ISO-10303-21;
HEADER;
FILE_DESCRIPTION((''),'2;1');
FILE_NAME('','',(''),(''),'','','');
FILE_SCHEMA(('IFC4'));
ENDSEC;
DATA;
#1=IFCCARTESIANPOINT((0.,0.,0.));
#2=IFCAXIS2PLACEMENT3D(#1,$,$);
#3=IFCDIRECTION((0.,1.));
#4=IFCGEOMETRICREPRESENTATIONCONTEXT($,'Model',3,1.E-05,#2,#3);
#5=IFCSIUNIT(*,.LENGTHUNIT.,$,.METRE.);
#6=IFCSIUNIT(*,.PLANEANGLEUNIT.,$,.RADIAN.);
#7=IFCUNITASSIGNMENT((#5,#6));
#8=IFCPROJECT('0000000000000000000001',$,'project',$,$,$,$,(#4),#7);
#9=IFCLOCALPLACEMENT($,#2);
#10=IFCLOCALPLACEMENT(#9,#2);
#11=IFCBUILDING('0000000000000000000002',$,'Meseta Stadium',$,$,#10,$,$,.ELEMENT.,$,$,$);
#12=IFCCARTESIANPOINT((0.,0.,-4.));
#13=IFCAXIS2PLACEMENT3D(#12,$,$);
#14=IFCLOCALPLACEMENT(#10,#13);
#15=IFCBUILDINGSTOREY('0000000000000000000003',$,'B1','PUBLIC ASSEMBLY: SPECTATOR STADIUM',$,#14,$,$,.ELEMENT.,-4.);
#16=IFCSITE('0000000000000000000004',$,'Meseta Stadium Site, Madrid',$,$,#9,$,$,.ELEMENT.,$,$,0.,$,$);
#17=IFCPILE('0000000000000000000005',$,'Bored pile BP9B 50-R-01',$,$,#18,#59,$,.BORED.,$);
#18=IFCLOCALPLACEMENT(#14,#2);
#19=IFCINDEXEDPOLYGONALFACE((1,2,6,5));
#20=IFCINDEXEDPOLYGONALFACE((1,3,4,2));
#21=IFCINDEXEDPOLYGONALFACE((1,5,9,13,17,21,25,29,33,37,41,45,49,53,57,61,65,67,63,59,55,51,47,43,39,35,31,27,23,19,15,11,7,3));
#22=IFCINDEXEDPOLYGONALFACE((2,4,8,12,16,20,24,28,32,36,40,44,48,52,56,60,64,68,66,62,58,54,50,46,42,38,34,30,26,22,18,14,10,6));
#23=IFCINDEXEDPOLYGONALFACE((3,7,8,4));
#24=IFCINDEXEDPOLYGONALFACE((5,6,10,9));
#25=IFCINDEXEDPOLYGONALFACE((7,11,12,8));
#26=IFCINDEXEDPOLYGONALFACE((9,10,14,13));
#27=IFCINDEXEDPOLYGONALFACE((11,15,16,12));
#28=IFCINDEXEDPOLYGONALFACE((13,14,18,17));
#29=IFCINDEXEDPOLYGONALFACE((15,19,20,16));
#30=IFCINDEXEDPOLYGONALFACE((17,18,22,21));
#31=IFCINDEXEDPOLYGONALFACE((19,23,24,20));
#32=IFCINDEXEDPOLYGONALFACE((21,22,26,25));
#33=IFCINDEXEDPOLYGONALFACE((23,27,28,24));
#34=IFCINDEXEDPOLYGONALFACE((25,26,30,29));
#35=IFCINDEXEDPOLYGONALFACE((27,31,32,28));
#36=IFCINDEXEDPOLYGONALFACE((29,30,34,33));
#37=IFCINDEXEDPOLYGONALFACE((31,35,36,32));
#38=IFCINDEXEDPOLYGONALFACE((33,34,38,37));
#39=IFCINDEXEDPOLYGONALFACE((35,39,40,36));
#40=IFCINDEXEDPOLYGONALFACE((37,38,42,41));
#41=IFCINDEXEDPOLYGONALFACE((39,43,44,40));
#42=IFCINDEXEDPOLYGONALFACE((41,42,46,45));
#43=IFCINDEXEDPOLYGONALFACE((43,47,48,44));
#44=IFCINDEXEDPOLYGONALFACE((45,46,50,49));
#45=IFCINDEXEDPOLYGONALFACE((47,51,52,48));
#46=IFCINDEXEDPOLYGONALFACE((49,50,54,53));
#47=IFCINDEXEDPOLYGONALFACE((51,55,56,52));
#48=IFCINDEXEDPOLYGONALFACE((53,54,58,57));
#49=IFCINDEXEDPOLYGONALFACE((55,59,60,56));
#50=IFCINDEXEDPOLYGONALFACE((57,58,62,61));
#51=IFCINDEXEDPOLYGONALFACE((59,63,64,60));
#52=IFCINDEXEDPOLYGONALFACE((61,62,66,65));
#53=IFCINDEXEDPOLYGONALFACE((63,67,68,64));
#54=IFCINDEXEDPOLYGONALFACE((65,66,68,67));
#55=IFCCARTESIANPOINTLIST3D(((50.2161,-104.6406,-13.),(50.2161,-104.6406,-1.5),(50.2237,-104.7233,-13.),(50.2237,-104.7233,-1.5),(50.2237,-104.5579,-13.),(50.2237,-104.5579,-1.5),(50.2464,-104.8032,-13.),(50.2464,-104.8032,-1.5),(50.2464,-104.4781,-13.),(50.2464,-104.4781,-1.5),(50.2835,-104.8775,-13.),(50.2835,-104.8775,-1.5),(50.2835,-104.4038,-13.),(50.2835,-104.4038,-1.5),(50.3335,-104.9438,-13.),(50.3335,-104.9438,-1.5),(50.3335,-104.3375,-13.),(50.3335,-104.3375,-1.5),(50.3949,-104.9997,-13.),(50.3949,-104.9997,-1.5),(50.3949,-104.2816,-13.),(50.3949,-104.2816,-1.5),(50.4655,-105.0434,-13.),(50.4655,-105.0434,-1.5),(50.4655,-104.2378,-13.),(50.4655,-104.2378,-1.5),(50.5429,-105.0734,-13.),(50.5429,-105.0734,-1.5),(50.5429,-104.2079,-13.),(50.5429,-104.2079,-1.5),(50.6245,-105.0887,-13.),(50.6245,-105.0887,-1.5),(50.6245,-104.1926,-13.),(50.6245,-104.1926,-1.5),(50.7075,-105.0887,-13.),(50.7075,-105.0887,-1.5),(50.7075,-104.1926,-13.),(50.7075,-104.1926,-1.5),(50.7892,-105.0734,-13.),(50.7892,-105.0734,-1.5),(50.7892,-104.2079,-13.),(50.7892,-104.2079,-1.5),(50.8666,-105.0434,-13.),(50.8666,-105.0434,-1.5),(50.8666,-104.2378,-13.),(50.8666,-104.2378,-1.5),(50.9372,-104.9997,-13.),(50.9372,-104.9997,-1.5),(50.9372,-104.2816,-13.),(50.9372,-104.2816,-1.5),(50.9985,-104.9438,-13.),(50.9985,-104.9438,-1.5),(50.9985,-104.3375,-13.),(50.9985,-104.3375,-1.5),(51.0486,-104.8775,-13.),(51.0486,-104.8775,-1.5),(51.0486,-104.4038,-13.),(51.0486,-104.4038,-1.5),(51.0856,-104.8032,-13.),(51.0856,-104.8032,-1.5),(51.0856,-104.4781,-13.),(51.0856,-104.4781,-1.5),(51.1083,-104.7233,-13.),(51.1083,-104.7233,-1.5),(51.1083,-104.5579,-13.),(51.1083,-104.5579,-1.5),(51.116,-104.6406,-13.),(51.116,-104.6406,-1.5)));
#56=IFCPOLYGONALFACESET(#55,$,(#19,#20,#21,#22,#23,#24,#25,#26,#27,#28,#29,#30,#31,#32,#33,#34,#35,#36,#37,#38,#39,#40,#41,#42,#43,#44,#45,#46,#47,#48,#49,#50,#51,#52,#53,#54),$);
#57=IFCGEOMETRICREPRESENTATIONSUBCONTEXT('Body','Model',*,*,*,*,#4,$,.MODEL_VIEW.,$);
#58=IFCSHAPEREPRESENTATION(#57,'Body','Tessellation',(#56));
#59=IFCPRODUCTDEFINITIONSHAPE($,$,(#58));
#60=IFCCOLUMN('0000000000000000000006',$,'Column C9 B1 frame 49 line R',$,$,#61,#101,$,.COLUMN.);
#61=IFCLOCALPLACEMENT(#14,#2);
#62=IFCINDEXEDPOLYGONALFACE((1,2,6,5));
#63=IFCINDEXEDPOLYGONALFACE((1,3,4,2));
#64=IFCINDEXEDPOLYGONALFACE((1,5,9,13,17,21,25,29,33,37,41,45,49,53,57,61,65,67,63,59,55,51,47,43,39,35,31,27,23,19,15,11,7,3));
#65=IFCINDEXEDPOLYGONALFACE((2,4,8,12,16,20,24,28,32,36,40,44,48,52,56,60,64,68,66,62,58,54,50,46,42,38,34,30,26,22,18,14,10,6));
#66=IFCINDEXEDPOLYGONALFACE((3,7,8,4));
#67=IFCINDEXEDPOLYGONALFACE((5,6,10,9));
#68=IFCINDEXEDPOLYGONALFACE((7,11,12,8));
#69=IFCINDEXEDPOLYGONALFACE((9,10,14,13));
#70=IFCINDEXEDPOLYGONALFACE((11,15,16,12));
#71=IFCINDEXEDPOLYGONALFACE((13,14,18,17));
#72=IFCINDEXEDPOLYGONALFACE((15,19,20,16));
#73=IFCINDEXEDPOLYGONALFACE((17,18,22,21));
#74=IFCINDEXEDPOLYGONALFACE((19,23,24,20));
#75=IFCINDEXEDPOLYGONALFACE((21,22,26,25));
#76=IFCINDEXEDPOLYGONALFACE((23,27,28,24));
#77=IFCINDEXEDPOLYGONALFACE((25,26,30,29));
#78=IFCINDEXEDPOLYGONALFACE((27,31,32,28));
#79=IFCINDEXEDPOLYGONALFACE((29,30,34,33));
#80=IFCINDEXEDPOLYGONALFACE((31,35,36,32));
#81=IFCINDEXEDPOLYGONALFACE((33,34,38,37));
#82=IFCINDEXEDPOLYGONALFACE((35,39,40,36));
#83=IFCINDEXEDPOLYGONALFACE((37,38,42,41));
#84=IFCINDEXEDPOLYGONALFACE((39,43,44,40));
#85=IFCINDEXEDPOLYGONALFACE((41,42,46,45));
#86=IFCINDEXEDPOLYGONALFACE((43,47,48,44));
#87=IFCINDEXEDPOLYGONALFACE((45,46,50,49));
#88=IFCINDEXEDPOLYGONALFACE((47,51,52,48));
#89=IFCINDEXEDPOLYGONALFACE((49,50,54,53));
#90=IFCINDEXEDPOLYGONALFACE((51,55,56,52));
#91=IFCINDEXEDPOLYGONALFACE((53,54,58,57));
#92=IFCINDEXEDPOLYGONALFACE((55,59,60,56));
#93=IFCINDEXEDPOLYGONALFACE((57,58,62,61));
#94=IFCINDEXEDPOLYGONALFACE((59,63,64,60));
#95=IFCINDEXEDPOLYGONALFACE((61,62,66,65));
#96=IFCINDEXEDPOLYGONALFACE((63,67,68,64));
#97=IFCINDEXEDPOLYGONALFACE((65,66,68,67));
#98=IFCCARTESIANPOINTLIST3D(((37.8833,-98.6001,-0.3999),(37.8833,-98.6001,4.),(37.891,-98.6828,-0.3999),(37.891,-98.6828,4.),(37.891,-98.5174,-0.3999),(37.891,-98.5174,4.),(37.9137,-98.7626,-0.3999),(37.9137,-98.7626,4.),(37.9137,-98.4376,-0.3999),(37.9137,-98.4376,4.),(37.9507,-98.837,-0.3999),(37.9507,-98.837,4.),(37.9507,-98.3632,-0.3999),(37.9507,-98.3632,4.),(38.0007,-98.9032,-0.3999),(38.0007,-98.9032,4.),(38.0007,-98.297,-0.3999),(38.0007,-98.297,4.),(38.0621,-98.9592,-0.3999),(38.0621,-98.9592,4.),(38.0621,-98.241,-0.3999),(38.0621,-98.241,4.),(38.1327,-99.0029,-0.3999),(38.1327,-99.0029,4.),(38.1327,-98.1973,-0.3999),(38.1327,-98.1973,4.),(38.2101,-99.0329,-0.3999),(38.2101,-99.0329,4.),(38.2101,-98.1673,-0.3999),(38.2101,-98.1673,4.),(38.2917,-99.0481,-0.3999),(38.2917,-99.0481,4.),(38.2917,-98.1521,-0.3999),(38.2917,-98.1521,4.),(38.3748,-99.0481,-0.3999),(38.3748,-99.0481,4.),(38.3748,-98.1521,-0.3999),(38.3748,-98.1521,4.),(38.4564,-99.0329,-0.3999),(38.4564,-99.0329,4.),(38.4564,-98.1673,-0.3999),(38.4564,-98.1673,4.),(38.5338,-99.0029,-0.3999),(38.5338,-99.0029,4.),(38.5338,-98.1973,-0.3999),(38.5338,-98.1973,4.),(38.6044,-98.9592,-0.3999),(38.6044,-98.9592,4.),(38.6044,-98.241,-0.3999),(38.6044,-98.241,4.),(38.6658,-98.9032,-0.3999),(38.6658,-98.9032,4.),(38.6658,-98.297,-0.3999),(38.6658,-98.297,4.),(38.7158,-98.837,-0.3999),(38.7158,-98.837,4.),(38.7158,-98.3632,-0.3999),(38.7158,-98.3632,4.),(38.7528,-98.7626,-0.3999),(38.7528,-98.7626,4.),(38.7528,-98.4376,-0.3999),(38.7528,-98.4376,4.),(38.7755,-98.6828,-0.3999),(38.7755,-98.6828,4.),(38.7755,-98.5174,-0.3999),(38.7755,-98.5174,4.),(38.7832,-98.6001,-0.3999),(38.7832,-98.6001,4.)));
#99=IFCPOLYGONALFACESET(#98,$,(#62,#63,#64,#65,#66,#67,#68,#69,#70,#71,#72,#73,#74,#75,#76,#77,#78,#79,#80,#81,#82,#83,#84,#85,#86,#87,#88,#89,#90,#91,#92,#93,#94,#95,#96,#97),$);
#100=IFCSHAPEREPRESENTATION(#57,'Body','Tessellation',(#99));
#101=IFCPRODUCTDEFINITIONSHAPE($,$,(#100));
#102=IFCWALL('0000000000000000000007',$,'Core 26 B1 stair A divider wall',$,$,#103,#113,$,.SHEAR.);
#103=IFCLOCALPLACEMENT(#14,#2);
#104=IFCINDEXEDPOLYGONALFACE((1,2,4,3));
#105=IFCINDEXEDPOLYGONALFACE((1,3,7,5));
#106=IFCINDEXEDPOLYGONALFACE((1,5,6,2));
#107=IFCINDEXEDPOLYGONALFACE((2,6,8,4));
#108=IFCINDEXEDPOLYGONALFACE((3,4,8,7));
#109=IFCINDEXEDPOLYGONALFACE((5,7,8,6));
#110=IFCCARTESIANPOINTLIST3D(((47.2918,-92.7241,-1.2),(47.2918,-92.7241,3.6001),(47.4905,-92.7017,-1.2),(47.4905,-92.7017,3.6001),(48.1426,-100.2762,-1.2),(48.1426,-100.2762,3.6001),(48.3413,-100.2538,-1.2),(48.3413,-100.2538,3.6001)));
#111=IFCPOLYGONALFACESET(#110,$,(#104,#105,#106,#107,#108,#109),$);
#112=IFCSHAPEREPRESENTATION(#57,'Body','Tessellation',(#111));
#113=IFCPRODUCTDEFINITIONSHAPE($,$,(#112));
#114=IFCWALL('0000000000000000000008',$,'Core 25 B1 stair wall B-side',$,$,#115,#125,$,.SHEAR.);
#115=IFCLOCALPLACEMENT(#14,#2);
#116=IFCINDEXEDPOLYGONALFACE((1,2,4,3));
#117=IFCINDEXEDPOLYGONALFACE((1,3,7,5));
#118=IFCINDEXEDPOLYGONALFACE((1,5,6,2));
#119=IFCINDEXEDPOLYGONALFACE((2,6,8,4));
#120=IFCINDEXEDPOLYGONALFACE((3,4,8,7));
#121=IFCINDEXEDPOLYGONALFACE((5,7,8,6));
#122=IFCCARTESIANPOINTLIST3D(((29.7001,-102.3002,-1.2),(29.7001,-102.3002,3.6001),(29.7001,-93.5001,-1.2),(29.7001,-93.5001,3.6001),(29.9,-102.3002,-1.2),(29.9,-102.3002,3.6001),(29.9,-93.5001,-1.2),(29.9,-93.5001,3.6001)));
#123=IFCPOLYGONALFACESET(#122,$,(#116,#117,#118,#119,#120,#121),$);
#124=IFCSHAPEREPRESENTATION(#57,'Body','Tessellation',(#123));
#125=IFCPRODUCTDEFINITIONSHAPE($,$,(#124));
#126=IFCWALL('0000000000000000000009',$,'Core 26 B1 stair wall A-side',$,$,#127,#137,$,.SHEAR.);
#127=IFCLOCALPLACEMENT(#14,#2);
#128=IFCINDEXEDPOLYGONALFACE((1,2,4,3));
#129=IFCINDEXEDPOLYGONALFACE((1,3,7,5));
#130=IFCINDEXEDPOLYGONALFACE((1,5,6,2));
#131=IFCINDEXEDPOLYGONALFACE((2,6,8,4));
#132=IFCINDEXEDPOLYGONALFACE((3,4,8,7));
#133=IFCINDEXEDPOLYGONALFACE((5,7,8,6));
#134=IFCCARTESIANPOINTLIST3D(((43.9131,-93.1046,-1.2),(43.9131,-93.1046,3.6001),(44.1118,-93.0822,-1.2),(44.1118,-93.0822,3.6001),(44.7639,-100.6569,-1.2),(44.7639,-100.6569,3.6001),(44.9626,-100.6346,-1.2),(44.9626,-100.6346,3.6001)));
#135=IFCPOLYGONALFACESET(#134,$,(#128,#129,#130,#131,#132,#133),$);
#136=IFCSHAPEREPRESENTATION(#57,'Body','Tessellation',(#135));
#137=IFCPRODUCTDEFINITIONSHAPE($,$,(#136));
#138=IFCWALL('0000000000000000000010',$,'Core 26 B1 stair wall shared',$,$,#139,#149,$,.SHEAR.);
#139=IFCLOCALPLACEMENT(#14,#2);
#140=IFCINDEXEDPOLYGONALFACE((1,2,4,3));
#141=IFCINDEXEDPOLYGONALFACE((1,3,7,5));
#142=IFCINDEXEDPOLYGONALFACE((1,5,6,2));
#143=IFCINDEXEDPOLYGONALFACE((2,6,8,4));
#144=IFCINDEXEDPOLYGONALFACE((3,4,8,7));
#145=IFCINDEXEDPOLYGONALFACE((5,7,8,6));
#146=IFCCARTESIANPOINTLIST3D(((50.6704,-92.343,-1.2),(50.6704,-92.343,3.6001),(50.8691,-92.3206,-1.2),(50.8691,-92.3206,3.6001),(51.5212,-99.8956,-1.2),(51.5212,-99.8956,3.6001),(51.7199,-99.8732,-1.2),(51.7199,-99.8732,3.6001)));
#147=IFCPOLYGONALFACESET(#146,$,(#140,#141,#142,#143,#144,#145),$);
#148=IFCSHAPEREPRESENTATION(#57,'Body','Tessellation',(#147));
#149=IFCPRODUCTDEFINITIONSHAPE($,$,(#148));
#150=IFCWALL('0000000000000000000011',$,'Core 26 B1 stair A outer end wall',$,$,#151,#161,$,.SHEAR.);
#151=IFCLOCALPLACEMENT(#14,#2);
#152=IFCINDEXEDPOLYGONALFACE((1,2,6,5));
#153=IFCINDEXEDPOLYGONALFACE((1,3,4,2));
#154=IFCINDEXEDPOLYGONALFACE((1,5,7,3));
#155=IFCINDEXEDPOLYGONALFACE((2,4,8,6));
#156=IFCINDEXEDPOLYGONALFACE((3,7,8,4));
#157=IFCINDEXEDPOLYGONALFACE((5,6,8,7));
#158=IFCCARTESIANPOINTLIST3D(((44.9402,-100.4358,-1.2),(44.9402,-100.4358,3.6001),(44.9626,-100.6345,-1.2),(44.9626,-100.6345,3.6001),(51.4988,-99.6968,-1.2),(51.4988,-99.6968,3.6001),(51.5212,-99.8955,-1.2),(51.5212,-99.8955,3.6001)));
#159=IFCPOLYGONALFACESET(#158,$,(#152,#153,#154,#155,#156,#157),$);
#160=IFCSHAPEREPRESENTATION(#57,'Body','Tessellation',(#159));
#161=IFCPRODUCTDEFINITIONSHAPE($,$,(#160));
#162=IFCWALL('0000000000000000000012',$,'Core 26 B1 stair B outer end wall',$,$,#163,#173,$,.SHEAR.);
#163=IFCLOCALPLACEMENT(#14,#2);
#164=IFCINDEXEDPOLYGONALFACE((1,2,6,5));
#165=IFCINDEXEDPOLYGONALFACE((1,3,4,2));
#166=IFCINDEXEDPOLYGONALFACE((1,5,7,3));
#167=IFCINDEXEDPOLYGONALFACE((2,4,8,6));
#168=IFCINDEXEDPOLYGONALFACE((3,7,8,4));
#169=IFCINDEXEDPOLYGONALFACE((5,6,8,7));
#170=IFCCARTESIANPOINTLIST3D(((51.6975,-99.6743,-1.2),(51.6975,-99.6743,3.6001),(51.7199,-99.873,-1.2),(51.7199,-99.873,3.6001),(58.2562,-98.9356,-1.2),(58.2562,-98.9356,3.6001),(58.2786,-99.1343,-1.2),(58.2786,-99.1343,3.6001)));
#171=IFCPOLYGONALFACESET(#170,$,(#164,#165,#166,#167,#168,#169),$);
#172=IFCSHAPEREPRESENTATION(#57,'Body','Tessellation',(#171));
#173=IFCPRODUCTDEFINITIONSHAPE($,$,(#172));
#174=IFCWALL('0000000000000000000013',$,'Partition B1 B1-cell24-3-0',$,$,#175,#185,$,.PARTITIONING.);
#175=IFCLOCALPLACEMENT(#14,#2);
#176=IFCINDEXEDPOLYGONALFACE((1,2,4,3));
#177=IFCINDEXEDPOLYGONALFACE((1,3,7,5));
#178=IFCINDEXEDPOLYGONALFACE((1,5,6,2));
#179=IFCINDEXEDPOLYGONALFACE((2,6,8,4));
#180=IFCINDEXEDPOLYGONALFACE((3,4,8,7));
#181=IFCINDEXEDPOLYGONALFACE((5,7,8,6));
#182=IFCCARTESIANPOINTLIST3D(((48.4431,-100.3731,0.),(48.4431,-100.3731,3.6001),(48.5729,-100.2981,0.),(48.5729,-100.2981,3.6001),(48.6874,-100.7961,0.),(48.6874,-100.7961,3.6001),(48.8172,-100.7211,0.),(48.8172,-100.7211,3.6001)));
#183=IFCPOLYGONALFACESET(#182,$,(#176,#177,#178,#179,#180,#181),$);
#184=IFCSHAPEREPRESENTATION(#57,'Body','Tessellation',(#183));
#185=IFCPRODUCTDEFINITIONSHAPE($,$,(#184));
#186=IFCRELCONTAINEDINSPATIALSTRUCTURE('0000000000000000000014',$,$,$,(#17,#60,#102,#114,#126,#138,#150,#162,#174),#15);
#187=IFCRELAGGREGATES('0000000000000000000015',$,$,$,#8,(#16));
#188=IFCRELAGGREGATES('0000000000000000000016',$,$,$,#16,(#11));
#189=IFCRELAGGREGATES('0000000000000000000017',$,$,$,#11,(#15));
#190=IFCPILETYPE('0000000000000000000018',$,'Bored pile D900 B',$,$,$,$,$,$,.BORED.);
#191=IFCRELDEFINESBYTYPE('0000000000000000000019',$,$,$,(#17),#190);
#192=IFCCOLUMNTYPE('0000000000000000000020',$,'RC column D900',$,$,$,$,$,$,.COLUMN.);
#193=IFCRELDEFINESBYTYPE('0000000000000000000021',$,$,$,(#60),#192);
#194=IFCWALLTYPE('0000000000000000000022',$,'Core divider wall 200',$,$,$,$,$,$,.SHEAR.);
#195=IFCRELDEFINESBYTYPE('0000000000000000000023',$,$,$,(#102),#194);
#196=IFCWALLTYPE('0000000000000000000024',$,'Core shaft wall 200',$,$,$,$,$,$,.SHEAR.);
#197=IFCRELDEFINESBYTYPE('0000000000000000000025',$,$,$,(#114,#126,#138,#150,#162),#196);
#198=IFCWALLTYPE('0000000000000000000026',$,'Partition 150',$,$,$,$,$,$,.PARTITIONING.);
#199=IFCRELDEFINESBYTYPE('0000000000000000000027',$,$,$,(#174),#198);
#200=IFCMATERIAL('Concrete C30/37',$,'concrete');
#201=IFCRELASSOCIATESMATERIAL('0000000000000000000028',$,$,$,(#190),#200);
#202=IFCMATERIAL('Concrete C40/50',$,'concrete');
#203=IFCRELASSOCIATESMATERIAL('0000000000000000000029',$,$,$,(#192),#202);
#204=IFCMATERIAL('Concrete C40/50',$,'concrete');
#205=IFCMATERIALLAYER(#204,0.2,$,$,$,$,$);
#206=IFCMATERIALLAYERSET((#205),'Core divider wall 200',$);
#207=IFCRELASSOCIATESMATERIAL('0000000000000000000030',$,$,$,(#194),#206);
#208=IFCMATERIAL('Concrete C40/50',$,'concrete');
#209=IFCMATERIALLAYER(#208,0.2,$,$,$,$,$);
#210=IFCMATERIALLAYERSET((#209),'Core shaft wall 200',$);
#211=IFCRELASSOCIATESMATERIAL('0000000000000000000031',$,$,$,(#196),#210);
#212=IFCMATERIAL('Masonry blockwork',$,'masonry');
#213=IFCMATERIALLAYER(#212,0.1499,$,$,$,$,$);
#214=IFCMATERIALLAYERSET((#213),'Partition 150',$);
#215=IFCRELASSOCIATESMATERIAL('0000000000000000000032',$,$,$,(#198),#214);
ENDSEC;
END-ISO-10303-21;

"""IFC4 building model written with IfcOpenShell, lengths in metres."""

from ifc_helpers import new_model, si_unit, direction, frame, frame_2d, origin, origin_2d, place, context, subcontext, project, spatial, rectangle, circle, extrude, material, layer, layer_set, material_profile, profile_set, type_object, element, save


model = new_model("IFC4")

# Units and contexts
model_context = context("Model", 3, precision=1e-05, world=origin(), true_north=direction((0.0, 1.0)))
body_context = subcontext(model_context, "Body", "Model", "MODEL_VIEW")
ifc_project = project(units=[si_unit("LENGTHUNIT", "METRE"), si_unit("PLANEANGLEUNIT", "RADIAN")], contexts=[model_context])

# Site, building, storey
site_placement = place(None, origin())
site = spatial("IfcSite", under=ifc_project, at=site_placement, Name="Meseta Stadium Site, Madrid", CompositionType="ELEMENT", RefElevation=0.0)
building_placement = place(site_placement, origin())
building = spatial("IfcBuilding", under=site, at=building_placement, Name="Meseta Stadium", CompositionType="ELEMENT")
storey_placement = place(building_placement, frame((0.0, 0.0, -4.0)))
storey = spatial("IfcBuildingStorey", under=building, at=storey_placement, Name="B1", Description="PUBLIC ASSEMBLY: SPECTATOR STADIUM", CompositionType="ELEMENT", Elevation=-4.0)

# Pile
ifc_material_1 = material(Name="Concrete C30/37", Category="concrete")
ifc_material_profile_1 = material_profile(ifc_material_1, circle(Radius=0.45, at=origin_2d()), Name="D900")
ifc_profile_set_1 = profile_set([ifc_material_profile_1], Name="Concrete C30/37")
pile_type = type_object("IfcPileType", Name="Bored pile D900 B", PredefinedType="BORED", material=ifc_profile_set_1)
pile_placement = place(storey_placement, frame((50.666, -104.6406, -1.5), z_axis=(0.0, 0.0, -1.0), x_axis=(1.0, 0.0, 0.0)))
element("IfcPile", 1, at=pile_placement, inside=storey, type_object=pile_type, Name="Bored pile BP9B 50-R-01", PredefinedType="BORED", context=body_context, shape_type="SweptSolid", body=[
    extrude(circle(Radius=0.45, at=origin_2d()), origin(), (0.0, 0.0, 1.0), 11.5),
])

# Column
ifc_material_2 = material(Name="Concrete C40/50", Category="concrete")
ifc_material_profile_2 = material_profile(ifc_material_2, circle(Radius=0.45, at=origin_2d()), Name="RC D900")
ifc_profile_set_2 = profile_set([ifc_material_profile_2], Name="Concrete C40/50")
column_type = type_object("IfcColumnType", Name="RC column D900", PredefinedType="COLUMN", material=ifc_profile_set_2)
column_placement = place(storey_placement, frame((38.3333, -98.6001, -0.3999), z_axis=(0.0, 0.0, 1.0), x_axis=(1.0, 0.0, 0.0)))
element("IfcColumn", 2, at=column_placement, inside=storey, type_object=column_type, Name="Column C9 B1 frame 49 line R", PredefinedType="COLUMN", context=body_context, shape_type="SweptSolid", body=[
    extrude(circle(Radius=0.45, at=origin_2d()), origin(), (0.0, 0.0, 1.0), 4.3999),
])

# Walls
ifc_material_3 = material(Name="Concrete C40/50", Category="concrete")
ifc_layer_1 = layer(ifc_material_3, 0.2)
ifc_layer_set_1 = layer_set([ifc_layer_1], Name="Core divider wall 200")
wall_type_1 = type_object("IfcWallType", Name="Core divider wall 200", PredefinedType="SHEAR", material=ifc_layer_set_1)
wall_1_placement = place(storey_placement, frame((48.2419, -100.2649, -1.2), z_axis=(0.0, 0.0, 1.0), x_axis=(-0.111955, 0.993713, 0.0)))
element("IfcWall", 3, at=wall_1_placement, inside=storey, type_object=wall_type_1, Name="Core 26 B1 stair A divider wall", PredefinedType="SHEAR", context=body_context, shape_type="SweptSolid", body=[
    extrude(rectangle(XDim=7.5999, YDim=0.2, at=frame_2d((3.7998, 0.0))), origin(), (0.0, 0.0, 1.0), 4.8),
])
ifc_material_4 = material(Name="Concrete C40/50", Category="concrete")
ifc_layer_2 = layer(ifc_material_4, 0.2)
ifc_layer_set_2 = layer_set([ifc_layer_2], Name="Core shaft wall 200")
wall_type_2 = type_object("IfcWallType", Name="Core shaft wall 200", PredefinedType="SHEAR", material=ifc_layer_set_2)
wall_2_placement = place(storey_placement, frame((29.8, -102.3, -1.2), z_axis=(0.0, 0.0, 1.0), x_axis=(0.0, 1.0, 0.0)))
element("IfcWall", 4, at=wall_2_placement, inside=storey, type_object=wall_type_2, Name="Core 25 B1 stair wall B-side", PredefinedType="SHEAR", context=body_context, shape_type="SweptSolid", body=[
    extrude(rectangle(XDim=8.8, YDim=0.2, at=frame_2d((4.3999, 0.0))), origin(), (0.0, 0.0, 1.0), 4.8),
])
wall_3_placement = place(storey_placement, frame((44.8633, -100.6458, -1.2), z_axis=(0.0, 0.0, 1.0), x_axis=(-0.111951, 0.993714, 0.0)))
element("IfcWall", 5, at=wall_3_placement, inside=storey, type_object=wall_type_2, Name="Core 26 B1 stair wall A-side", PredefinedType="SHEAR", context=body_context, shape_type="SweptSolid", body=[
    extrude(rectangle(XDim=7.6001, YDim=0.2, at=frame_2d((3.8, 0.0))), origin(), (0.0, 0.0, 1.0), 4.8),
])
wall_4_placement = place(storey_placement, frame((51.6206, -99.8845, -1.2), z_axis=(0.0, 0.0, 1.0), x_axis=(-0.111947, 0.993714, 0.0)))
element("IfcWall", 6, at=wall_4_placement, inside=storey, type_object=wall_type_2, Name="Core 26 B1 stair wall shared", PredefinedType="SHEAR", context=body_context, shape_type="SweptSolid", body=[
    extrude(rectangle(XDim=7.6003, YDim=0.2, at=frame_2d((3.8003, 0.0))), origin(), (0.0, 0.0, 1.0), 4.8),
])
for number, where, z_axis, x_axis, name in (
    (7, (44.9514, -100.5352, -1.2), (0.0, 0.0, 1.0), (0.993712, 0.11197, 0.0), "Core 26 B1 stair A outer end wall"),
    (8, (51.7087, -99.7737, -1.2), (0.0, 0.0, 1.0), (0.993716, 0.111934, 0.0), "Core 26 B1 stair B outer end wall"),
):
    element("IfcWall", number, at=place(storey_placement, frame(where, z_axis=z_axis, x_axis=x_axis)), inside=storey, type_object=wall_type_2, Name=name, PredefinedType="SHEAR", context=body_context, shape_type="SweptSolid", body=[
        extrude(rectangle(XDim=6.6001, YDim=0.2, at=frame_2d((3.3, 0.0))), origin(), (0.0, 0.0, 1.0), 4.8),
    ])
ifc_material_5 = material(Name="Masonry blockwork", Category="masonry")
ifc_layer_3 = layer(ifc_material_5, 0.1499)
ifc_layer_set_3 = layer_set([ifc_layer_3], Name="Partition 150")
wall_type_3 = type_object("IfcWallType", Name="Partition 150", PredefinedType="PARTITIONING", material=ifc_layer_set_3)
wall_5_placement = place(storey_placement, frame((48.5081, -100.3357, 0.0), z_axis=(0.0, 0.0, 1.0), x_axis=(0.500169, -0.865928, 0.0)))
element("IfcWall", 9, at=wall_5_placement, inside=storey, type_object=wall_type_3, Name="Partition B1 B1-cell24-3-0", PredefinedType="PARTITIONING", context=body_context, shape_type="SweptSolid", body=[
    extrude(rectangle(XDim=0.4885, YDim=0.1499, at=frame_2d((0.2441, 0.0))), origin(), (0.0, 0.0, 1.0), 3.6001),
])

save(model, "model.ifc")
